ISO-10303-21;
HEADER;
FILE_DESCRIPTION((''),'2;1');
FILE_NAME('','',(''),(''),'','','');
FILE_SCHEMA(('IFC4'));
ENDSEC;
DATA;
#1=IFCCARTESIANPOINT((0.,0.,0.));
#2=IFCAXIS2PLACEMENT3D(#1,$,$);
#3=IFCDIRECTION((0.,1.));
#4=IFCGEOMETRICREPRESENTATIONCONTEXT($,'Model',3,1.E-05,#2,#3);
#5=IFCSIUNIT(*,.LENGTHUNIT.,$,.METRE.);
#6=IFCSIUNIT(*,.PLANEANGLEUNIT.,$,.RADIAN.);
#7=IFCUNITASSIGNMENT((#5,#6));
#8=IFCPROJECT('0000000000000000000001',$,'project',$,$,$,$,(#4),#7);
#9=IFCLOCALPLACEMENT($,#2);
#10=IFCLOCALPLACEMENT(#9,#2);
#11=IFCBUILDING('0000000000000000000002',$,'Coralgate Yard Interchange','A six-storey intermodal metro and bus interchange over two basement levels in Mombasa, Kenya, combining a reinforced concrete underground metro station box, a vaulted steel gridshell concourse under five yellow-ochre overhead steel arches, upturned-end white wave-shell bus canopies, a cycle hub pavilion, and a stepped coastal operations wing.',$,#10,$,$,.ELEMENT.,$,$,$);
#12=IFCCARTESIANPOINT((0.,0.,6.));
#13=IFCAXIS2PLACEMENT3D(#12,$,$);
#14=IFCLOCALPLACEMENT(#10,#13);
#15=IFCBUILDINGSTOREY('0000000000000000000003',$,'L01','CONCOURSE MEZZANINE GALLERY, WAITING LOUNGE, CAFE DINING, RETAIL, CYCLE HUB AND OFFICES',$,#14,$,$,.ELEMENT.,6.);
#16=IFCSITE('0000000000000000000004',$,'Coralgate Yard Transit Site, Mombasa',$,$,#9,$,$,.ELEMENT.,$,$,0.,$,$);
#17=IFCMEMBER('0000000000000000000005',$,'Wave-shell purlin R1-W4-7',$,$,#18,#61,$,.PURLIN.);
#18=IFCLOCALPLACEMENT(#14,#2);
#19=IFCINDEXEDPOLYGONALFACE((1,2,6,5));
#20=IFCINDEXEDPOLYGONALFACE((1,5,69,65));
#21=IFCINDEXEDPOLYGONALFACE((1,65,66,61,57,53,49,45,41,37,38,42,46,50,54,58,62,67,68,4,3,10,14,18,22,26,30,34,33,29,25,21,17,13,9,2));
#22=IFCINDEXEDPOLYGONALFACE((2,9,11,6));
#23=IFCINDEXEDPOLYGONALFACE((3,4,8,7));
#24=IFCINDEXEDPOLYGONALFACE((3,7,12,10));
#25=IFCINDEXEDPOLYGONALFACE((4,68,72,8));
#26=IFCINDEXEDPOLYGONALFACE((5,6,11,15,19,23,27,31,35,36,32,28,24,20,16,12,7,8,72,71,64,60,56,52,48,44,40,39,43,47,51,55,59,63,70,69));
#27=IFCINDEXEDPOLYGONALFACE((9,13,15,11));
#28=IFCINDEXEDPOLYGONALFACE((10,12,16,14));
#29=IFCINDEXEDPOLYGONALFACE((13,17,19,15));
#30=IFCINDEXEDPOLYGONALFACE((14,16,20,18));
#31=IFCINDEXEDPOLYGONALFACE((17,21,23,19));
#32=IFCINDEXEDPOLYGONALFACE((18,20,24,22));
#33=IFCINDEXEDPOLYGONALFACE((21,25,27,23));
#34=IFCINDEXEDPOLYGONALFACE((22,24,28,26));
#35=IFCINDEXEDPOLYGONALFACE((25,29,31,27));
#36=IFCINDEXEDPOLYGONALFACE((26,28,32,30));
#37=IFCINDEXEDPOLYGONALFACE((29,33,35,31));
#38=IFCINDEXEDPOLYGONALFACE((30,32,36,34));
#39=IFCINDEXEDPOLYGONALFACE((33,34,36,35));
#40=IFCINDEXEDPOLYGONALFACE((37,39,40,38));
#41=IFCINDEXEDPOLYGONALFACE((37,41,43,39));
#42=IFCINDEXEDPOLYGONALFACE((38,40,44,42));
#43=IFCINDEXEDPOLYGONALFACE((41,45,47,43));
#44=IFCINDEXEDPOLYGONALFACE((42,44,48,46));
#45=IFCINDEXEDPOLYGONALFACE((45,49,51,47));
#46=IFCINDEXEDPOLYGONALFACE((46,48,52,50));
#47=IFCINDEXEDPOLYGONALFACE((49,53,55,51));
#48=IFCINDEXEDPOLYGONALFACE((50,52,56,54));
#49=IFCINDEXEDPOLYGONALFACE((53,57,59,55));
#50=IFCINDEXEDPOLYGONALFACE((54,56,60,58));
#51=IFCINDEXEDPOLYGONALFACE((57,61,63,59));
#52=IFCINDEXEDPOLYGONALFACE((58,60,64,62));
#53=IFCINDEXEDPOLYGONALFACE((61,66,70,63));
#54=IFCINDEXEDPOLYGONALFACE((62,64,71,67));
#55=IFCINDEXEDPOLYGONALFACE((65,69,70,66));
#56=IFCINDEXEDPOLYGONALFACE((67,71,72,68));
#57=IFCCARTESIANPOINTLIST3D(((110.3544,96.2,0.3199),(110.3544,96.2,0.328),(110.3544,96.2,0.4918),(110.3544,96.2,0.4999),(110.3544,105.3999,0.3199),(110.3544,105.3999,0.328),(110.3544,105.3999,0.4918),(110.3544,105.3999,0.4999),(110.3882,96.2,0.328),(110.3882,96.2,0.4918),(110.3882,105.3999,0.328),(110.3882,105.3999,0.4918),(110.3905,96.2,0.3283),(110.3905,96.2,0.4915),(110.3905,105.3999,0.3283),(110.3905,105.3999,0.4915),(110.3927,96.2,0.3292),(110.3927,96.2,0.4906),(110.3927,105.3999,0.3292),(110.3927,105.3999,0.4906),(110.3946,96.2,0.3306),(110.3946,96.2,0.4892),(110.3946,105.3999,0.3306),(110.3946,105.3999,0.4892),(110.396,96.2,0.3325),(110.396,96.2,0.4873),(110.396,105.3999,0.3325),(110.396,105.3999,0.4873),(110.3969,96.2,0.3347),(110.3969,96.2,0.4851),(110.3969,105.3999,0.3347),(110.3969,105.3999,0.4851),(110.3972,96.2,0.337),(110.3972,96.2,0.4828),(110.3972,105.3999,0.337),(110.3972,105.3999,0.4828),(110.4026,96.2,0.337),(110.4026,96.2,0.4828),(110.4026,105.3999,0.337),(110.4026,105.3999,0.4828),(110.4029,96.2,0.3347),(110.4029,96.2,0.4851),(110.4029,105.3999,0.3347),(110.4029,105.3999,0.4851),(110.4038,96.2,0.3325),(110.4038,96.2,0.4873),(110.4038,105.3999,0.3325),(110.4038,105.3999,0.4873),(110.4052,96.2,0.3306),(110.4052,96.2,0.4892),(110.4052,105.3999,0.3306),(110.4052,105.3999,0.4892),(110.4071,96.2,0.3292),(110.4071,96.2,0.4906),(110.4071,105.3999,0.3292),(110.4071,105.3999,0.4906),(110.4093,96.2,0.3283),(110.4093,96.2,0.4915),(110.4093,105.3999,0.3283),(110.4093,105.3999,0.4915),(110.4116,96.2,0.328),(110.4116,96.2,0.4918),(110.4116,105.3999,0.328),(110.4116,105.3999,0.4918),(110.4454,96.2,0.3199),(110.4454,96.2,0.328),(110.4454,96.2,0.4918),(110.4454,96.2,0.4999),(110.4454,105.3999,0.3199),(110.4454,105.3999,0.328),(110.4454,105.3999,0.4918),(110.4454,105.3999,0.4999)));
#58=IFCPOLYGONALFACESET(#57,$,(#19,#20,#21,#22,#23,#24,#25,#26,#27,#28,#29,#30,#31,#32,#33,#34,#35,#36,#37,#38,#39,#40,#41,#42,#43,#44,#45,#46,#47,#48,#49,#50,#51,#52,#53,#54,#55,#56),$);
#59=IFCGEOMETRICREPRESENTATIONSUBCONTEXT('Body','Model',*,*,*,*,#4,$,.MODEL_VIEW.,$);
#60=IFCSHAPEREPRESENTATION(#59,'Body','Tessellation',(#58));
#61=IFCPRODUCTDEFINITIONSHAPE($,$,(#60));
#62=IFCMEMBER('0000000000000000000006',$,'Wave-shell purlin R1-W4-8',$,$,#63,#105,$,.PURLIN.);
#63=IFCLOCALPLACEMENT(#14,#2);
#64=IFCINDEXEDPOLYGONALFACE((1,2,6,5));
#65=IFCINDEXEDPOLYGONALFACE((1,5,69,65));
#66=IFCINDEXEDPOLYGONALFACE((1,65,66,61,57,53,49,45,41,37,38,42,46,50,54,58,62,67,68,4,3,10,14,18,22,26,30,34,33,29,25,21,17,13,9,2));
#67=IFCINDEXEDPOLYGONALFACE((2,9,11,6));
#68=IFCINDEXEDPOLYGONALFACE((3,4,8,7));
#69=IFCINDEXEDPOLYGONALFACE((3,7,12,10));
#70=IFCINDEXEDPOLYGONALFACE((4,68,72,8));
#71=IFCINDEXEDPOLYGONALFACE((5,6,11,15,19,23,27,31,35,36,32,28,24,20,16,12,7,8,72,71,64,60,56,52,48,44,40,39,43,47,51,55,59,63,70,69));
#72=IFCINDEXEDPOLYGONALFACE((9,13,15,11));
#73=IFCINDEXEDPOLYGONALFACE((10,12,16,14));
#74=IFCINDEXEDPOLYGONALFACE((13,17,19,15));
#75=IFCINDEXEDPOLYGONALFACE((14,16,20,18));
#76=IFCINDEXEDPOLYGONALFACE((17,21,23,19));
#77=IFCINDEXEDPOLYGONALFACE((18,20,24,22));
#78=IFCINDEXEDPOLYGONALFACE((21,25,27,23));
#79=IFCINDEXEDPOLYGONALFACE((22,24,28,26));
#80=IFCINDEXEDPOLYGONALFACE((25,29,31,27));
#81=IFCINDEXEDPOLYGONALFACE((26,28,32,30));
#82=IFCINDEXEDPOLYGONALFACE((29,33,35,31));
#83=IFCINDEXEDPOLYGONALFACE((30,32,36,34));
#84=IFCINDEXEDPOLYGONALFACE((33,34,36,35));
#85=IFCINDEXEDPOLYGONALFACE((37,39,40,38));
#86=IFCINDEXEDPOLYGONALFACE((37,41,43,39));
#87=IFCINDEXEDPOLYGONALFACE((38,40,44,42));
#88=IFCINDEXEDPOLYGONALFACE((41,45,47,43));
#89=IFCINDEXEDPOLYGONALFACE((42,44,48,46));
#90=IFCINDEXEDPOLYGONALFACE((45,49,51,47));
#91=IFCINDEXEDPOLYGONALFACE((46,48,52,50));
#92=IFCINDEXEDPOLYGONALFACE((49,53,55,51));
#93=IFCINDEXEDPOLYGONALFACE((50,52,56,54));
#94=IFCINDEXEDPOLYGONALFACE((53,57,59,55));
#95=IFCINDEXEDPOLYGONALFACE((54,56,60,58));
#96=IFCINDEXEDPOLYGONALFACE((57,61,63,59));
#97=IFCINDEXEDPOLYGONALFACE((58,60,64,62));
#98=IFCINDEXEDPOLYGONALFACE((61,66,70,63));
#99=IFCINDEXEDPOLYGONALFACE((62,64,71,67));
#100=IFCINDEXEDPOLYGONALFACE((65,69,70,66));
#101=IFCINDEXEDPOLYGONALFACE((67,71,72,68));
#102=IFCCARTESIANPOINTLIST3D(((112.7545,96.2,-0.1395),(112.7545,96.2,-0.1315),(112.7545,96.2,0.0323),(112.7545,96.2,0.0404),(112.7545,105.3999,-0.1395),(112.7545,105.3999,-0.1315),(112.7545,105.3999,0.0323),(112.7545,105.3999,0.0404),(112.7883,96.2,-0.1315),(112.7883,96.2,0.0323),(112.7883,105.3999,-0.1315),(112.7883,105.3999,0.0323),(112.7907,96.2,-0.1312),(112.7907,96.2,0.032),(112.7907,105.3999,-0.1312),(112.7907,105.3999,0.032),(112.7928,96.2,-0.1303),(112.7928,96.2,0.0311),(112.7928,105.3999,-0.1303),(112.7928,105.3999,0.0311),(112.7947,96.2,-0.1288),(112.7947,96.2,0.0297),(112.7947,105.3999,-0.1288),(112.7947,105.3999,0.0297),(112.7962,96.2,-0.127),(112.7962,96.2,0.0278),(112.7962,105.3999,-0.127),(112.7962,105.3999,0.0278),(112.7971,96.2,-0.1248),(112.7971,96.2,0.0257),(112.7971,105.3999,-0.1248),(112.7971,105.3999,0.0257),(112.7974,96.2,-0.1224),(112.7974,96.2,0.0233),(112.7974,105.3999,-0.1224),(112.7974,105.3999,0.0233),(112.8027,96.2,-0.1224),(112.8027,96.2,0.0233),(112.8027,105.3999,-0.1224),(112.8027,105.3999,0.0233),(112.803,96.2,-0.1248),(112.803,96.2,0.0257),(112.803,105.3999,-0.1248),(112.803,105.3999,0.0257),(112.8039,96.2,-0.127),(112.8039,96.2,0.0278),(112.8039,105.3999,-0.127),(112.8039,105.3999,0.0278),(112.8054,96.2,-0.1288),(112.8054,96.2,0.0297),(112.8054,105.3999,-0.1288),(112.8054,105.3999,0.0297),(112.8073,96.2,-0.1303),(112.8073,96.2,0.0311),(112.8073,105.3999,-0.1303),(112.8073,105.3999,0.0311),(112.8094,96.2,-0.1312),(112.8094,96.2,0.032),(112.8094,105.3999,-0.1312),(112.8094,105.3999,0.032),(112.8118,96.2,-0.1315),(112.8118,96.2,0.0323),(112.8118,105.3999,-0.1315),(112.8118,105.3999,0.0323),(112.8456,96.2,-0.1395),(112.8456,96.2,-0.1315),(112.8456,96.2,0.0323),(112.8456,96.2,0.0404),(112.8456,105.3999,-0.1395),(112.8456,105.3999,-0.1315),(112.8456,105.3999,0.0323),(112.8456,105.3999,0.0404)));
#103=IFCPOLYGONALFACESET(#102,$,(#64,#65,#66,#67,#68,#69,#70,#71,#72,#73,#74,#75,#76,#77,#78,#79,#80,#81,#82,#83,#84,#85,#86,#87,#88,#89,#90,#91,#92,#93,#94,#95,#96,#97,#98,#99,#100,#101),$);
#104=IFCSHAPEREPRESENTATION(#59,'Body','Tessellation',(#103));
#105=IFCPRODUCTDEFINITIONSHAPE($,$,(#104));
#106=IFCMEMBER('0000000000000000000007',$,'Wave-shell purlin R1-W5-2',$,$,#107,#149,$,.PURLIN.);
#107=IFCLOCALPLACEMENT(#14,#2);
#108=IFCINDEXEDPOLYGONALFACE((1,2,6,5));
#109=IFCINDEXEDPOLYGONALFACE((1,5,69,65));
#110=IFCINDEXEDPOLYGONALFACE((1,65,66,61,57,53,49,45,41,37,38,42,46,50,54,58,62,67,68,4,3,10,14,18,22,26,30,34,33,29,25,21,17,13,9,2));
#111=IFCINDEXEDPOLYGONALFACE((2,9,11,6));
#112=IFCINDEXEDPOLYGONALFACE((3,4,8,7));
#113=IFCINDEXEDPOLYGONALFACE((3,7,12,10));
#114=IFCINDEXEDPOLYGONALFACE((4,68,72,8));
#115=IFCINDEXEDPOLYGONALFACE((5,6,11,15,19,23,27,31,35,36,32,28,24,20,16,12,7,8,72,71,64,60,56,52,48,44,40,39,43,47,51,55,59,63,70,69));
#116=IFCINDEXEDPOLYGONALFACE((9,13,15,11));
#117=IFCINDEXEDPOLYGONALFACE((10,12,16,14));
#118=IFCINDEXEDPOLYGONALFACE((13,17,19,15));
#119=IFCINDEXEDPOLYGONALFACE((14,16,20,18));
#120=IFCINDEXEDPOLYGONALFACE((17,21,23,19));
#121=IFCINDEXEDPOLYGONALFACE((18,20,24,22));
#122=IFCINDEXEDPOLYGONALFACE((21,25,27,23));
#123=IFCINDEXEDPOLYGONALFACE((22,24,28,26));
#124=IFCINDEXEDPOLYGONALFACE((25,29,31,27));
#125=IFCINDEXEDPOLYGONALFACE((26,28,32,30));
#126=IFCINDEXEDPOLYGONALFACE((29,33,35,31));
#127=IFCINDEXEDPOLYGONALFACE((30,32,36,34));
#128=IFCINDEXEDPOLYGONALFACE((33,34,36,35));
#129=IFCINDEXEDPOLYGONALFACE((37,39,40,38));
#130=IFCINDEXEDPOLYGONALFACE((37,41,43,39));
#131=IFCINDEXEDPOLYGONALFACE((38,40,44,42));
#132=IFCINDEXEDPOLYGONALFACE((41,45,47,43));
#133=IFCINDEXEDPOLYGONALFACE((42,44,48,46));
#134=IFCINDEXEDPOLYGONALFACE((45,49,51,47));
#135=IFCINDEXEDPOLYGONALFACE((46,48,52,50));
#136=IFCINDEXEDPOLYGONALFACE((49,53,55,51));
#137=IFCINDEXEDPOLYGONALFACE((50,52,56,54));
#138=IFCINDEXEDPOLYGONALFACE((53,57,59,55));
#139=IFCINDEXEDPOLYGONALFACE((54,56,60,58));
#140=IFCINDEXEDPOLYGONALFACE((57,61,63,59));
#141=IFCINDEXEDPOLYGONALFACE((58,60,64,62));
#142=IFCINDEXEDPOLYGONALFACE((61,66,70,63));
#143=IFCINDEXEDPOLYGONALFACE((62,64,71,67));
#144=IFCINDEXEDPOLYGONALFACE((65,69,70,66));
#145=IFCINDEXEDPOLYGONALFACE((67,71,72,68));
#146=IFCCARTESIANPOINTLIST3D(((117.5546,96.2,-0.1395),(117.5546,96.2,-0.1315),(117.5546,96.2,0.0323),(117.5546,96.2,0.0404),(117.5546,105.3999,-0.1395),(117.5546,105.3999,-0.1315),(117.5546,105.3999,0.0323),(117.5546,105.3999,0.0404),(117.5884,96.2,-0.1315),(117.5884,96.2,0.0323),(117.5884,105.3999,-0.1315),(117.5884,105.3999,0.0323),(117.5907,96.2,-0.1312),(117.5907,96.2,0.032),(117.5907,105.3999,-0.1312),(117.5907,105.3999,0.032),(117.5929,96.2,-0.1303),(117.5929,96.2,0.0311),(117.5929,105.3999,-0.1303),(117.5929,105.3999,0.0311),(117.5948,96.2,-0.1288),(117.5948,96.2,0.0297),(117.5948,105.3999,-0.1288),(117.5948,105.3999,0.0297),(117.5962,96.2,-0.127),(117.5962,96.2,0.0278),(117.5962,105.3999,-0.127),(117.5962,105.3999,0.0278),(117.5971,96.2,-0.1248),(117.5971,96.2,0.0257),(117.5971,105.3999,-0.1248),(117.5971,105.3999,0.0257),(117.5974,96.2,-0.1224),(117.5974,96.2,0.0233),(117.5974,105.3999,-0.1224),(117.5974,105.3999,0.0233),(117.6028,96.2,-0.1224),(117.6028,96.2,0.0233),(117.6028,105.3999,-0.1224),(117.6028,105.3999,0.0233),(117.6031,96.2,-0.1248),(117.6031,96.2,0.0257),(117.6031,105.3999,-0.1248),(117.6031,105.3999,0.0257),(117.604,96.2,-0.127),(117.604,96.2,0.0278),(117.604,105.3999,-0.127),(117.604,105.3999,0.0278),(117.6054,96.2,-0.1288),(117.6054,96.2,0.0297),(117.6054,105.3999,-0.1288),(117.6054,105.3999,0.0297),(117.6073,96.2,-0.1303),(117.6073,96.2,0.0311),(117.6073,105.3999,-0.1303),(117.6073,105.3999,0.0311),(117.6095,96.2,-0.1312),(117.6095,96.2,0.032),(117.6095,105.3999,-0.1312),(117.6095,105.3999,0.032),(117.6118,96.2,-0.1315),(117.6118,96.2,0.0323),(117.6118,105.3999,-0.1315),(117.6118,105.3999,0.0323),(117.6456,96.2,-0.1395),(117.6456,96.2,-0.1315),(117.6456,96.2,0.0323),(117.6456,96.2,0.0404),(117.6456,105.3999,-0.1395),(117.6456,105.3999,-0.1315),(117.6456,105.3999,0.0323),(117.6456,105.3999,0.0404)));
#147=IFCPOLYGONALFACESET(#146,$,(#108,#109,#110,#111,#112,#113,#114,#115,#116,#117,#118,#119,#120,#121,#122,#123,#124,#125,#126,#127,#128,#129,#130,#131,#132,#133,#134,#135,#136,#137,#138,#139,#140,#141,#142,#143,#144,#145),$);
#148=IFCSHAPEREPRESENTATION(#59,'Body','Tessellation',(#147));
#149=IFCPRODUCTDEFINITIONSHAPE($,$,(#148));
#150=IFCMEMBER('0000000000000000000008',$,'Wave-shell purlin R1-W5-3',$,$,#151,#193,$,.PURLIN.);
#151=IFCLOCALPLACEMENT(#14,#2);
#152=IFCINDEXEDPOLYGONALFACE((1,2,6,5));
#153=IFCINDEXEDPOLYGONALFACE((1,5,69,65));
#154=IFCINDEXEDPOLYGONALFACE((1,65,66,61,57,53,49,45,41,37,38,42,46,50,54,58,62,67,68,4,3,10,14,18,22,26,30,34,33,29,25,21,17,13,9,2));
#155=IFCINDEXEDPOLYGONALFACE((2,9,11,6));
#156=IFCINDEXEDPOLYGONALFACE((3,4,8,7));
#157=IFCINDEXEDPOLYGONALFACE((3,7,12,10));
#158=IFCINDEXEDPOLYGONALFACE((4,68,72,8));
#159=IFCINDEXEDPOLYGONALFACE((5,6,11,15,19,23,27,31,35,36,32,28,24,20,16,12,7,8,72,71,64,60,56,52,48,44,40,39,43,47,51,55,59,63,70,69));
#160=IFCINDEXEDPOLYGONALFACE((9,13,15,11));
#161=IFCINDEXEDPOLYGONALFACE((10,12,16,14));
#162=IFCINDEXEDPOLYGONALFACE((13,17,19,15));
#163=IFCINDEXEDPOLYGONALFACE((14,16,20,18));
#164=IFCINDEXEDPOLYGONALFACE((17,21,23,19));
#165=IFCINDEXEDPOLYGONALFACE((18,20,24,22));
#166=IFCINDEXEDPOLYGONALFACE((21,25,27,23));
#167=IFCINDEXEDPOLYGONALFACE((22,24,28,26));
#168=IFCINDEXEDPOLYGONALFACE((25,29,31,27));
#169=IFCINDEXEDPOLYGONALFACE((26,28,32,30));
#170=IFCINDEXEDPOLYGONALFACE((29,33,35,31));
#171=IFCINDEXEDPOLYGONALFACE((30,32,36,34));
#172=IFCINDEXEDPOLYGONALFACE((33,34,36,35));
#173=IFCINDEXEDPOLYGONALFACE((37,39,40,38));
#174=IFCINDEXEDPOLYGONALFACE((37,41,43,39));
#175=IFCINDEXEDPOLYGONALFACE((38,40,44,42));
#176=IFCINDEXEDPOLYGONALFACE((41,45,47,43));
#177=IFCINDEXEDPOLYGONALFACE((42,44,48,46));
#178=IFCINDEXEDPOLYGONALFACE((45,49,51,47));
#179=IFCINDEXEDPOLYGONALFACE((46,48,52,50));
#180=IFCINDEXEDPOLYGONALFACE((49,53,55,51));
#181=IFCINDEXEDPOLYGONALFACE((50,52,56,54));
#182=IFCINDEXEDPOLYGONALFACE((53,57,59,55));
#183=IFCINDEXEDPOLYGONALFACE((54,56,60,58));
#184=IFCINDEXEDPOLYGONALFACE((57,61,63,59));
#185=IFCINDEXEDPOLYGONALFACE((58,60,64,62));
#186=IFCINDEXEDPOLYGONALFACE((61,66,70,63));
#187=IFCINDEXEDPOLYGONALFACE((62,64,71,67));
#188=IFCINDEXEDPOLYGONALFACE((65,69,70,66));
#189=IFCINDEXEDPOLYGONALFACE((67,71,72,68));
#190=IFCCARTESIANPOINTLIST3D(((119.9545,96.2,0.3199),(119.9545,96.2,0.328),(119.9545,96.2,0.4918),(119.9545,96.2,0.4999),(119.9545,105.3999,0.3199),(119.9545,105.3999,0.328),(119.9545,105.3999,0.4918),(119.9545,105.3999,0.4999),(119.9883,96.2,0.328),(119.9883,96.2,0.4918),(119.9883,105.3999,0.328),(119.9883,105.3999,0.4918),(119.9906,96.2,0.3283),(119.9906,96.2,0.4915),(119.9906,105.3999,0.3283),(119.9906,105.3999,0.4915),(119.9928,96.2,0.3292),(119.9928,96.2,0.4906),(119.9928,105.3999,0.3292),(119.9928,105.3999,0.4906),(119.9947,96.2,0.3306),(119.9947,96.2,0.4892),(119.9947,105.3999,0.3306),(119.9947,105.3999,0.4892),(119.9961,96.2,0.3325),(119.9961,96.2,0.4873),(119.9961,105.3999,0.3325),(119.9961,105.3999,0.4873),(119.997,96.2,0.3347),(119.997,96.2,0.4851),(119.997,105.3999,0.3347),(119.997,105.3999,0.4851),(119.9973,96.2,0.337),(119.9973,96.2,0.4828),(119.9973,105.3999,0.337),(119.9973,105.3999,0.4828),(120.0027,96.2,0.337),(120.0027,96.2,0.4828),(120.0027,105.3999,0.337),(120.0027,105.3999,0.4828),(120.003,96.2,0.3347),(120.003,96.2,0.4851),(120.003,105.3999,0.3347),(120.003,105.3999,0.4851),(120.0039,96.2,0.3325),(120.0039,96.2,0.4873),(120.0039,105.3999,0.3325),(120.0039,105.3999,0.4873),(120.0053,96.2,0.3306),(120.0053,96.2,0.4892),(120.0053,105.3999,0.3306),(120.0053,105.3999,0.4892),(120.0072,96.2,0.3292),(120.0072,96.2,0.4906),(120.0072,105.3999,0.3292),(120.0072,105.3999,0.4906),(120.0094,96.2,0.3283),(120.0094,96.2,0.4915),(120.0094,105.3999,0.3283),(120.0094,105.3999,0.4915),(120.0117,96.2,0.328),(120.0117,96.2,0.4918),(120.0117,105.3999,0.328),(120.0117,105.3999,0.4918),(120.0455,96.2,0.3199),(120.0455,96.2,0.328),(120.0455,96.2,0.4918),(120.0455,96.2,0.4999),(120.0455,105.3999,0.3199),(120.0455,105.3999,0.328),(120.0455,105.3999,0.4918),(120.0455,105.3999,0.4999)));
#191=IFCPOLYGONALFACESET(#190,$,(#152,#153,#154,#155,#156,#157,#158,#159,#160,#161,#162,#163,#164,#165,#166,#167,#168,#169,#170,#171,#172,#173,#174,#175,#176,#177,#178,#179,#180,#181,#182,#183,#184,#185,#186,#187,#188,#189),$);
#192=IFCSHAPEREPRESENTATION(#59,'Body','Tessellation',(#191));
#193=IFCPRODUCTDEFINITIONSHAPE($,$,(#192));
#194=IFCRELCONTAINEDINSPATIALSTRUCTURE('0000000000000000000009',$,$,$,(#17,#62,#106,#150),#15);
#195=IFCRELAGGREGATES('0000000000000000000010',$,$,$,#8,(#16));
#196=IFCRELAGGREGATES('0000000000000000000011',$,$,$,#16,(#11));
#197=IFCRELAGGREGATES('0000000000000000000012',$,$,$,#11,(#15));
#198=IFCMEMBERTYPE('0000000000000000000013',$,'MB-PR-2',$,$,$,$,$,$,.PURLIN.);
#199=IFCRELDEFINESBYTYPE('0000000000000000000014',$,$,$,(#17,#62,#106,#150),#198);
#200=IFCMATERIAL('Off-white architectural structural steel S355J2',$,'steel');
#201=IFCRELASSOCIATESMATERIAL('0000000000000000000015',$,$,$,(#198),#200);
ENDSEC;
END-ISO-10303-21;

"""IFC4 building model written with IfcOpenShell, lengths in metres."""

from ifc_helpers import new_model, si_unit, direction, frame, origin, origin_2d, place, context, subcontext, project, spatial, i_section, extrude, material, material_profile, profile_set, type_object, element, save


model = new_model("IFC4")

# Units and contexts
model_context = context("Model", 3, precision=1e-05, world=origin(), true_north=direction((0.0, 1.0)))
body_context = subcontext(model_context, "Body", "Model", "MODEL_VIEW")
ifc_project = project(units=[si_unit("LENGTHUNIT", "METRE"), si_unit("PLANEANGLEUNIT", "RADIAN")], contexts=[model_context])

# Site, building, storey
site_placement = place(None, origin())
site = spatial("IfcSite", under=ifc_project, at=site_placement, Name="Coralgate Yard Transit Site, Mombasa", CompositionType="ELEMENT", RefElevation=0.0)
building_placement = place(site_placement, origin())
building = spatial("IfcBuilding", under=site, at=building_placement, Name="Coralgate Yard Interchange", Description="A six-storey intermodal metro and bus interchange over two basement levels in Mombasa, Kenya, combining a reinforced concrete underground metro station box, a vaulted steel gridshell concourse under five yellow-ochre overhead steel arches, upturned-end white wave-shell bus canopies, a cycle hub pavilion, and a stepped coastal operations wing.", CompositionType="ELEMENT")
storey_placement = place(building_placement, frame((0.0, 0.0, 6.0)))
storey = spatial("IfcBuildingStorey", under=building, at=storey_placement, Name="L01", Description="CONCOURSE MEZZANINE GALLERY, WAITING LOUNGE, CAFE DINING, RETAIL, CYCLE HUB AND OFFICES", CompositionType="ELEMENT", Elevation=6.0)

# Shared definitions
ifc_material_1 = material(Name="Off-white architectural structural steel S355J2", Category="steel")

# Members
ifc_material_profile_1 = material_profile(ifc_material_1, i_section(OverallWidth=0.0911, OverallDepth=0.1799, WebThickness=0.0054, FlangeThickness=0.0081, FilletRadius=0.009, at=origin_2d()), Name="IPE 180")
ifc_profile_set_1 = profile_set([ifc_material_profile_1], Name="Off-white architectural structural steel S355J2")
member_type_1 = type_object("IfcMemberType", Name="MB-PR-2", PredefinedType="PURLIN", material=ifc_profile_set_1)
for number, where, z_axis, x_axis, name in (
    (1, (110.3999, 96.2, 0.4099), (0.0, 1.0, 0.0), (-1.0, 0.0, 0.0), "Wave-shell purlin R1-W4-7"),
    (2, (112.8, 96.2, -0.0496), (0.0, 1.0, 0.0), (-1.0, 0.0, 0.0), "Wave-shell purlin R1-W4-8"),
    (3, (117.6001, 96.2, -0.0496), (0.0, 1.0, 0.0), (-1.0, 0.0, 0.0), "Wave-shell purlin R1-W5-2"),
    (4, (120.0, 96.2, 0.4099), (0.0, 1.0, 0.0), (-1.0, 0.0, 0.0), "Wave-shell purlin R1-W5-3"),
):
    element("IfcMember", number, at=place(storey_placement, frame(where, z_axis=z_axis, x_axis=x_axis)), inside=storey, type_object=member_type_1, Name=name, PredefinedType="PURLIN", context=body_context, shape_type="SweptSolid", body=[
        extrude(i_section(OverallWidth=0.0911, OverallDepth=0.1799, WebThickness=0.0054, FlangeThickness=0.0081, FilletRadius=0.009, at=origin_2d()), origin(), (0.0, 0.0, 1.0), 9.2),
    ])

save(model, "model.ifc")
